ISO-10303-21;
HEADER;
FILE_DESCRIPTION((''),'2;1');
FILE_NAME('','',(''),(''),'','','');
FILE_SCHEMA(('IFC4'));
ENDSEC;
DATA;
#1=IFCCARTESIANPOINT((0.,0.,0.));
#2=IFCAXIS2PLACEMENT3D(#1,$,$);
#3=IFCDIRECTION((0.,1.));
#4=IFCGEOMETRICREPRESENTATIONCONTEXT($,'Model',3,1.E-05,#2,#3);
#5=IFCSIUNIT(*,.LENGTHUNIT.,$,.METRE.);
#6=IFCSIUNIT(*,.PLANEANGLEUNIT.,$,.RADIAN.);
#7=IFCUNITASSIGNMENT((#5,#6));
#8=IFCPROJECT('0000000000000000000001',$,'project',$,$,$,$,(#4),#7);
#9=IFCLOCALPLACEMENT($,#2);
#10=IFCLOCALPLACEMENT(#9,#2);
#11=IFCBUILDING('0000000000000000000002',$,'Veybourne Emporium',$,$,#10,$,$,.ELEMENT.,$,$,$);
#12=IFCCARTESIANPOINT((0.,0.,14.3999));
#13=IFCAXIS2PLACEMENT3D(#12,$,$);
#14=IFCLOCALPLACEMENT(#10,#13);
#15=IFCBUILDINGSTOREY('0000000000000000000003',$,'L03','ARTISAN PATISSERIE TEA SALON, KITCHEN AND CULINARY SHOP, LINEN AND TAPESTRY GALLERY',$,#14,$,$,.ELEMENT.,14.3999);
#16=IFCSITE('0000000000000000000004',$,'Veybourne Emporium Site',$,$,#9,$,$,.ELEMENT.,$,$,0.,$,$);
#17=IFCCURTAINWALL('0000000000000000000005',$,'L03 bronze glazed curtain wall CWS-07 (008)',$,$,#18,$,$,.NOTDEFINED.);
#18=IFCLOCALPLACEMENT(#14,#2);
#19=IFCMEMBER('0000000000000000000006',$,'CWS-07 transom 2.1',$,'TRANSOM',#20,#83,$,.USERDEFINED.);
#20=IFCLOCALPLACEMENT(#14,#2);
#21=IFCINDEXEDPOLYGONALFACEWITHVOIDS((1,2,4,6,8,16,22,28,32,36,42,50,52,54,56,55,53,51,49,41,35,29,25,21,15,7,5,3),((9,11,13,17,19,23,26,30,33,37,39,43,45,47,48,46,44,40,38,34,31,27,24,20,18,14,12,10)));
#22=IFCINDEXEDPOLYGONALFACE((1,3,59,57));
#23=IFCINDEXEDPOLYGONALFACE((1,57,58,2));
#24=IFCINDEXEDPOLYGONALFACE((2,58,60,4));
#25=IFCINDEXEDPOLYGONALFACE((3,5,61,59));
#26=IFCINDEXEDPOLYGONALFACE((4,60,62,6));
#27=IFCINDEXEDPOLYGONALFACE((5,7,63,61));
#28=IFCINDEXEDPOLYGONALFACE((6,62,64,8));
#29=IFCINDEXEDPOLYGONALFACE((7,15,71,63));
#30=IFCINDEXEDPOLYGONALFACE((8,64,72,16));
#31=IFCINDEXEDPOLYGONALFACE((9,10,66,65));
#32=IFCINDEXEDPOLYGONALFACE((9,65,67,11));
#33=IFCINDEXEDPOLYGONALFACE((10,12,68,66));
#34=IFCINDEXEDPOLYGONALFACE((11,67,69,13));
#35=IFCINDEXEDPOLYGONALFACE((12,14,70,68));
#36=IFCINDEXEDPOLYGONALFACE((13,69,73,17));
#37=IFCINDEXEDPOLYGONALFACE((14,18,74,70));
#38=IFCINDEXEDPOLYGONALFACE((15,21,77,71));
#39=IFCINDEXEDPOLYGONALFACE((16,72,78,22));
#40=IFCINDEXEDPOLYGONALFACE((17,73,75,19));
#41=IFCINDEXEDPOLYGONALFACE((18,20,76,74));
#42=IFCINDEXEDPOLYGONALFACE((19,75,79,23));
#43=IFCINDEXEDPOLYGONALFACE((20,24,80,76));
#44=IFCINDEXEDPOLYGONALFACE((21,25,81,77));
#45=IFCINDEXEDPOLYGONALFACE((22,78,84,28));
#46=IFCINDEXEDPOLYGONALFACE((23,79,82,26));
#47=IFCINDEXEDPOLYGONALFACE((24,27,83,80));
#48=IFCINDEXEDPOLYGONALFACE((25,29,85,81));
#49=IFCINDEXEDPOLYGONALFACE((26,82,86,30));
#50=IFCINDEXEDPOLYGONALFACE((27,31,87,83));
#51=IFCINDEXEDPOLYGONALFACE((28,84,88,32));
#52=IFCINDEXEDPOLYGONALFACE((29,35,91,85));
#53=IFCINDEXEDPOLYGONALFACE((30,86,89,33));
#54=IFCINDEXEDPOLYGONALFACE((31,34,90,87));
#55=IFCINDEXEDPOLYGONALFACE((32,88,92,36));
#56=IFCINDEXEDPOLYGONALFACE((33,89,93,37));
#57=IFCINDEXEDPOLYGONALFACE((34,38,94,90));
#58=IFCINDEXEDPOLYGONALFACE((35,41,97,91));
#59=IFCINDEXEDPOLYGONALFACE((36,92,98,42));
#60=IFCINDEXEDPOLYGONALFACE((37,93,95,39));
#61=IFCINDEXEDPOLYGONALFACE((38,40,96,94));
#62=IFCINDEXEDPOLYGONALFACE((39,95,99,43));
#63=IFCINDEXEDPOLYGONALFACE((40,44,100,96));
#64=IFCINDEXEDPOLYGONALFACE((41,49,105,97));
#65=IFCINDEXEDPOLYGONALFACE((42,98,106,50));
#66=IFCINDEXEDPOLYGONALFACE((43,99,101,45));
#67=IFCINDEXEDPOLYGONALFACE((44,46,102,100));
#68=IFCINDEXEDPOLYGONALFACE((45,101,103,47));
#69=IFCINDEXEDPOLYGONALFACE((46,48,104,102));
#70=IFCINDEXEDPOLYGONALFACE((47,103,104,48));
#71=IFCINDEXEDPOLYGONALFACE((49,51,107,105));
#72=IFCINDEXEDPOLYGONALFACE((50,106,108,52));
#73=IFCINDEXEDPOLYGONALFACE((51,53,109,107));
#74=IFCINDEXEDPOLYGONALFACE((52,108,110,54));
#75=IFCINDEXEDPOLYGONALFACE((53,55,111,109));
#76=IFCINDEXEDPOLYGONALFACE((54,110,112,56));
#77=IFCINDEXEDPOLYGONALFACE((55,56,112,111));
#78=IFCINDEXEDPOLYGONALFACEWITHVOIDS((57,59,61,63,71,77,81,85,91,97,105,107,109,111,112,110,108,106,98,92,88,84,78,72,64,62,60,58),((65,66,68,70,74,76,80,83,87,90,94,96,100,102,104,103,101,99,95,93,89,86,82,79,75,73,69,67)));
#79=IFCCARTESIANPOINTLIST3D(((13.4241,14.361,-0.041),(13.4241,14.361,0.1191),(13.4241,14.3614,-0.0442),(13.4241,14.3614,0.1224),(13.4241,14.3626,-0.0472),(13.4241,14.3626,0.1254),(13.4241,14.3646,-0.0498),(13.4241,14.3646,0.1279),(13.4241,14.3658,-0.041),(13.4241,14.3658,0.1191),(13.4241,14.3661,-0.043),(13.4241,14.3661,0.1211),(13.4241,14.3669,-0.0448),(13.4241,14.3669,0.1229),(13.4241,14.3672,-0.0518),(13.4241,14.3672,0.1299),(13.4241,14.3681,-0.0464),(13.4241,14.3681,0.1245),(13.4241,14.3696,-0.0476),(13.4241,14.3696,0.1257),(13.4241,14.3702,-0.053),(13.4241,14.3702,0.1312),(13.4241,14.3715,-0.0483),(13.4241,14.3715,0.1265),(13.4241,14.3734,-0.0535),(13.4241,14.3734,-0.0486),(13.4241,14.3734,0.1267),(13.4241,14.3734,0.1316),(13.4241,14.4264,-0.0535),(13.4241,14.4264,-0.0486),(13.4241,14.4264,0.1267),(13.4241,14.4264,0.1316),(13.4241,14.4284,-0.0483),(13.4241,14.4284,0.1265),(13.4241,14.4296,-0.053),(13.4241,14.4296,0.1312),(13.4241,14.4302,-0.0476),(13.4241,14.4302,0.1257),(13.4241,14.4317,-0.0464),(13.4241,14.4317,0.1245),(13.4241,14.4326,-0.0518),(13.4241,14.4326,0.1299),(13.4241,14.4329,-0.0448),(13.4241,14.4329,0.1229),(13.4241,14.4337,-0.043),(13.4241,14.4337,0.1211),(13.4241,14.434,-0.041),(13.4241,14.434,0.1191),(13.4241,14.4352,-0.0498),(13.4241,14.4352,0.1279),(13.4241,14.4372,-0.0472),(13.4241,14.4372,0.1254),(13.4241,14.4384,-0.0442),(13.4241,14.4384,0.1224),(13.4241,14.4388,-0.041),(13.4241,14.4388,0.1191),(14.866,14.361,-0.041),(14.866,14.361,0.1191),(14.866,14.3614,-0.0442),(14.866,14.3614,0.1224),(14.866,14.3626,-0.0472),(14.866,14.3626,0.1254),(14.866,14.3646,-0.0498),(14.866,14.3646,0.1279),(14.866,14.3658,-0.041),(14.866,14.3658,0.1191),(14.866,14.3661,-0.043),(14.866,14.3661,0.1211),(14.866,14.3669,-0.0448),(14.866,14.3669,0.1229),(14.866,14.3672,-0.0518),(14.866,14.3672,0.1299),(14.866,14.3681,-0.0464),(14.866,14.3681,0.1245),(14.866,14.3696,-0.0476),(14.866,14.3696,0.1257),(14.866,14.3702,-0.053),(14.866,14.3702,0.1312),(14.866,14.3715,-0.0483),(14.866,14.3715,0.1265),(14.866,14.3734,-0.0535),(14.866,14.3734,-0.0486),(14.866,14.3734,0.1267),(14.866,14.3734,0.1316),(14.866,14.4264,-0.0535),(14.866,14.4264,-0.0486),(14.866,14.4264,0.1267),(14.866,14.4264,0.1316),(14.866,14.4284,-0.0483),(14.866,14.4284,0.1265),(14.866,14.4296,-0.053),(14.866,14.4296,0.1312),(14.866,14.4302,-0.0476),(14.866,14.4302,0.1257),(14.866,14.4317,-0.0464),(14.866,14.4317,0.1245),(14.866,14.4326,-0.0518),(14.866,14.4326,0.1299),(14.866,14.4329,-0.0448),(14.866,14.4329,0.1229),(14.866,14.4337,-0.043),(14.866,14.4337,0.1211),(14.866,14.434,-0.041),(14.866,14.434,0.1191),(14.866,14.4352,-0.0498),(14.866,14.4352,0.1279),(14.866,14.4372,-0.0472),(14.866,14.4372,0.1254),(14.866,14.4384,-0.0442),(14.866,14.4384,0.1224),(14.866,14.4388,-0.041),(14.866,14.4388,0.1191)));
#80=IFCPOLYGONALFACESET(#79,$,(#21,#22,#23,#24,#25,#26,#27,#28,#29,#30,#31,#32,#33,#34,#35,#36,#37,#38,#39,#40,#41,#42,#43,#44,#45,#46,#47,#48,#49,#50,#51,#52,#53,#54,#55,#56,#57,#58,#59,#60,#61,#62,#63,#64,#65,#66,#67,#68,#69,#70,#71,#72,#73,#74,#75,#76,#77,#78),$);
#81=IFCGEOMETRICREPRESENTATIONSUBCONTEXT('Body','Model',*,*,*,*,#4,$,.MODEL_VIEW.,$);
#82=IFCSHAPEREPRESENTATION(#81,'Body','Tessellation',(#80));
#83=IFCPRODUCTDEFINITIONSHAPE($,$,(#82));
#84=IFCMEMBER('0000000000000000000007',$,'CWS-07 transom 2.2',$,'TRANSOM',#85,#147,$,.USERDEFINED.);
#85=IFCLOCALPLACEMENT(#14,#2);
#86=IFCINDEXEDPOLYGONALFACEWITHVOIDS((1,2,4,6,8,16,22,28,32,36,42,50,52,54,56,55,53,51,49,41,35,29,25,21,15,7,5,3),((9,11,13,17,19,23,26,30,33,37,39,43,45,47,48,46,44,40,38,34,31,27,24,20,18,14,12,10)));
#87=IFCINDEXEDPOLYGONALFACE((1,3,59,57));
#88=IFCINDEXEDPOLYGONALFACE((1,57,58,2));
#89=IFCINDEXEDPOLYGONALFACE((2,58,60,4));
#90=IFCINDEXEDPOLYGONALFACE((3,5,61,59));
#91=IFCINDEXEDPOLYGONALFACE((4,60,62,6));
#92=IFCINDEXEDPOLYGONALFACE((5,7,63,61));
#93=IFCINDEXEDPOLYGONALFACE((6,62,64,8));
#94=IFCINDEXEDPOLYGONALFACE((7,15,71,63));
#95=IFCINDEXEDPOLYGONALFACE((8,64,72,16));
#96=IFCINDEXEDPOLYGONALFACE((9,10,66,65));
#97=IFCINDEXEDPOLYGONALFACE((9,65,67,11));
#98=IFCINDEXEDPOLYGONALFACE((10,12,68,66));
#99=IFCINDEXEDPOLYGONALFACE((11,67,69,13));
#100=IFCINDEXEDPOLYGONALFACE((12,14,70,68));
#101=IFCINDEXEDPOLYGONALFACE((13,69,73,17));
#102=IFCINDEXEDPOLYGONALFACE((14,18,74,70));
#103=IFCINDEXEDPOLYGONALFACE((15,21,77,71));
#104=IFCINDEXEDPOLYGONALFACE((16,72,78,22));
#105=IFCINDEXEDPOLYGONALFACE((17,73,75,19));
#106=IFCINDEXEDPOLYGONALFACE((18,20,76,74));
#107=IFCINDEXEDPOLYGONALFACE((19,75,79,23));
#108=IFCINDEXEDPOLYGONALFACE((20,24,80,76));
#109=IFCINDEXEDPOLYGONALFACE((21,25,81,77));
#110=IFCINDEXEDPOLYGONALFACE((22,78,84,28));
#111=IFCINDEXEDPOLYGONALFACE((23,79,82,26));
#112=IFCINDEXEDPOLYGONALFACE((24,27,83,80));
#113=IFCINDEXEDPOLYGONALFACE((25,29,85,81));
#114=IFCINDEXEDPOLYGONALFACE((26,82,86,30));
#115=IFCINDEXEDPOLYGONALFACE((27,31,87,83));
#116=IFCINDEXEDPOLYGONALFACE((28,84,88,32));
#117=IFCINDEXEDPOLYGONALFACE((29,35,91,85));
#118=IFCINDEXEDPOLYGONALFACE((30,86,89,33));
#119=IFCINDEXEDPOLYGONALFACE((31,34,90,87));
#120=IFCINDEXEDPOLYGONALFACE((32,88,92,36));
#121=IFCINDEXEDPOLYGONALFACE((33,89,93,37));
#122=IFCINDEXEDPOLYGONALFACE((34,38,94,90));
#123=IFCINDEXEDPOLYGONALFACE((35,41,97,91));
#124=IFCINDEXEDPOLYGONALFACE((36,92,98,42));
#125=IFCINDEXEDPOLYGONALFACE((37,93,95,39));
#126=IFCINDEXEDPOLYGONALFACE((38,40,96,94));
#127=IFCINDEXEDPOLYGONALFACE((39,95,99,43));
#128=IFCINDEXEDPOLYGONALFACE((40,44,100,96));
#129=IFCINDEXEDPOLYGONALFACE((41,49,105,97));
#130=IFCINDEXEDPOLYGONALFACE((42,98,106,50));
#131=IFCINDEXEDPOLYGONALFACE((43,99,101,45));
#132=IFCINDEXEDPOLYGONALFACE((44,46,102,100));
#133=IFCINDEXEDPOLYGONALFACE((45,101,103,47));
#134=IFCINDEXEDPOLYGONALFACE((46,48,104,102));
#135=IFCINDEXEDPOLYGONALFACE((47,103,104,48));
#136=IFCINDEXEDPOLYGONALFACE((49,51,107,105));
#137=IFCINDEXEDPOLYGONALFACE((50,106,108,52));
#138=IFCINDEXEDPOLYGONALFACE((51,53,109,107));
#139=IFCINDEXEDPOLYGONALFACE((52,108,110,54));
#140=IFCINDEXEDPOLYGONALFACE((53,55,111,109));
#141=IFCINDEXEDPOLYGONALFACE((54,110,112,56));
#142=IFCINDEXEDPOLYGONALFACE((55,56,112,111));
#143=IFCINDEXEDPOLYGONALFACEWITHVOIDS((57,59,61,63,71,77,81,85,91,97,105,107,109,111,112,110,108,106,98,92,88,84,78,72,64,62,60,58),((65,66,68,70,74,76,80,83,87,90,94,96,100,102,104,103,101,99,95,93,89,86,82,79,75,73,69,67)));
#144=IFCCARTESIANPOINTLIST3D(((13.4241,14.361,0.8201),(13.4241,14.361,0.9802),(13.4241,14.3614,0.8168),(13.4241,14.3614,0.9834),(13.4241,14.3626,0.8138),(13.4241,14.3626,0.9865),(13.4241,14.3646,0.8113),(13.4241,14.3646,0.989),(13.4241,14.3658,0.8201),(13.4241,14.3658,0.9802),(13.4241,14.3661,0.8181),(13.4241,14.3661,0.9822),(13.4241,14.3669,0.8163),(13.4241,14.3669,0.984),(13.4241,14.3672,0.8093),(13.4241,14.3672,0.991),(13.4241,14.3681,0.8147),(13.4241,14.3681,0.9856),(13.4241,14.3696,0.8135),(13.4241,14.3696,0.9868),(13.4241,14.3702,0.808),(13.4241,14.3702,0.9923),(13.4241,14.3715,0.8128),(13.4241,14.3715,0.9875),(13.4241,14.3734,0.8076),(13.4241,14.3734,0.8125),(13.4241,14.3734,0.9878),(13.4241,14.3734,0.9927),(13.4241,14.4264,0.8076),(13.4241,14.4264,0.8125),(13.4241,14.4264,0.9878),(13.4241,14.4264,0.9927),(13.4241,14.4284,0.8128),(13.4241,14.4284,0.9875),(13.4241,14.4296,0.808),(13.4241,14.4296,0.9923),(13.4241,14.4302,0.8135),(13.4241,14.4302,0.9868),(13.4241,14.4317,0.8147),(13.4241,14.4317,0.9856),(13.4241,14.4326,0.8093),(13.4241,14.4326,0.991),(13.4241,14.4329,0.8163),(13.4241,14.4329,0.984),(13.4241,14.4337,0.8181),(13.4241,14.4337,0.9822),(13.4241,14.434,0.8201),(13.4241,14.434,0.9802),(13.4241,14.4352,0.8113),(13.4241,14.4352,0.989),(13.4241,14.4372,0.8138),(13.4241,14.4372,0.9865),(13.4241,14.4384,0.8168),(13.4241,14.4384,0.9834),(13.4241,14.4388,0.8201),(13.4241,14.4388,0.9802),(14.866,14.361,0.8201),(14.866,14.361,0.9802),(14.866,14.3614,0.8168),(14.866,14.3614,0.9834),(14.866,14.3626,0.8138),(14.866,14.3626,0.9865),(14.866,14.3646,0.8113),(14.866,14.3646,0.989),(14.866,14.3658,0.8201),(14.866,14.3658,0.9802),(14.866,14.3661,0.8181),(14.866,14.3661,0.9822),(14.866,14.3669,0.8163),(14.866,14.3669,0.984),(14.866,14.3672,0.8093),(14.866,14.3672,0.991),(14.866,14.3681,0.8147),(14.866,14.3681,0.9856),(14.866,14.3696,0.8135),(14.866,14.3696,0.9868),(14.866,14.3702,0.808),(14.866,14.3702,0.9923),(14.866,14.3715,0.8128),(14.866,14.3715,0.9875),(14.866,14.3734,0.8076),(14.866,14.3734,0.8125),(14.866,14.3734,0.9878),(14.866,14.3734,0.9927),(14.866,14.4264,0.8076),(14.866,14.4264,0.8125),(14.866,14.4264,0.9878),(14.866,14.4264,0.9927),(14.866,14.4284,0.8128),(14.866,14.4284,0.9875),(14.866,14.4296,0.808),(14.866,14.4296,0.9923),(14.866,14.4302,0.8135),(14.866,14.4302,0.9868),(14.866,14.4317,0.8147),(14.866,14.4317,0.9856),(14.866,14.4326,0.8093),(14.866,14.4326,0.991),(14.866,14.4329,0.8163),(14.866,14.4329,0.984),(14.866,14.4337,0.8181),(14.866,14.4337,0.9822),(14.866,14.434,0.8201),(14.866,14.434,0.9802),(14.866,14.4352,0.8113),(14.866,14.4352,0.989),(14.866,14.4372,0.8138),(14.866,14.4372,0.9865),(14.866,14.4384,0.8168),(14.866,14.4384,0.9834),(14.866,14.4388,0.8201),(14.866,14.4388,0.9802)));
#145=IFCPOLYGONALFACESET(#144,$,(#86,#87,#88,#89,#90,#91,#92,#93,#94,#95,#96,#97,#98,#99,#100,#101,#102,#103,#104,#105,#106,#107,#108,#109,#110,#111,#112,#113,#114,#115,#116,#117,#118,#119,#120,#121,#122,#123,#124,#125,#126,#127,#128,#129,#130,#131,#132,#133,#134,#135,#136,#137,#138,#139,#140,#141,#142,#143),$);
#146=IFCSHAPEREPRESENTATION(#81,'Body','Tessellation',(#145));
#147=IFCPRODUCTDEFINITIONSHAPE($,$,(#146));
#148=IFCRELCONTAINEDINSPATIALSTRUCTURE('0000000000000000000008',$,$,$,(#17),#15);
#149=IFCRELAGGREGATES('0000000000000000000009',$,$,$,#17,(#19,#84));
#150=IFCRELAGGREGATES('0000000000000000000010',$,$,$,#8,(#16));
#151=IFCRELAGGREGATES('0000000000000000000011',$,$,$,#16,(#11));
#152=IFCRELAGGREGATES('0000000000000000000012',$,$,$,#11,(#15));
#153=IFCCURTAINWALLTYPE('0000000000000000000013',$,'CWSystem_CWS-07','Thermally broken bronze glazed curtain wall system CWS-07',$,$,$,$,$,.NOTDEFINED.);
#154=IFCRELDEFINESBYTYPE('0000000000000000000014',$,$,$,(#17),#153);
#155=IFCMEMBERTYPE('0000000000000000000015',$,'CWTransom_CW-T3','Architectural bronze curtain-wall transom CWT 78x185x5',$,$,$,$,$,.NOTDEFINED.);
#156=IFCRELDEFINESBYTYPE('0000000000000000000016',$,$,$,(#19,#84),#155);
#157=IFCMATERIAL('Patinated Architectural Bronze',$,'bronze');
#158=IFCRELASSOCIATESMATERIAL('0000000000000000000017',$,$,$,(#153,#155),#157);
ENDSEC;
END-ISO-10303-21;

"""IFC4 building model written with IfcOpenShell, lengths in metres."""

from ifc_helpers import new_model, si_unit, direction, frame, origin, origin_2d, place, context, subcontext, project, spatial, hollow_rectangle, extrude, material, material_profile, profile_set, type_object, element, aggregate, save


model = new_model("IFC4")

# Units and contexts
model_context = context("Model", 3, precision=1e-05, world=origin(), true_north=direction((0.0, 1.0)))
body_context = subcontext(model_context, "Body", "Model", "MODEL_VIEW")
ifc_project = project(units=[si_unit("LENGTHUNIT", "METRE"), si_unit("PLANEANGLEUNIT", "RADIAN")], contexts=[model_context])

# Site, building, storey
site_placement = place(None, origin())
site = spatial("IfcSite", under=ifc_project, at=site_placement, Name="Veybourne Emporium Site", CompositionType="ELEMENT", RefElevation=0.0)
building_placement = place(site_placement, origin())
building = spatial("IfcBuilding", under=site, at=building_placement, Name="Veybourne Emporium", CompositionType="ELEMENT")
storey_placement = place(building_placement, frame((0.0, 0.0, 14.3999)))
storey = spatial("IfcBuildingStorey", under=building, at=storey_placement, Name="L03", Description="ARTISAN PATISSERIE TEA SALON, KITCHEN AND CULINARY SHOP, LINEN AND TAPESTRY GALLERY", CompositionType="ELEMENT", Elevation=14.3999)

# Curtain wall, members
ifc_material_1 = material(Name="Patinated Architectural Bronze", Category="bronze")
curtain_wall_type = type_object("IfcCurtainWallType", Name="CWSystem_CWS-07", Description="Thermally broken bronze glazed curtain wall system CWS-07", PredefinedType="NOTDEFINED", material=ifc_material_1)
curtain_wall_placement = place(storey_placement, origin())
curtain_wall = element("IfcCurtainWall", 1, at=curtain_wall_placement, inside=storey, type_object=curtain_wall_type, Name="L03 bronze glazed curtain wall CWS-07 (008)", PredefinedType="NOTDEFINED")
ifc_material_profile_1 = material_profile(ifc_material_1, hollow_rectangle(XDim=0.0779, YDim=0.1851, WallThickness=0.0049, InnerFilletRadius=0.0076, OuterFilletRadius=0.0125, at=origin_2d()), Name="CWT 78x185x5")
ifc_profile_set_1 = profile_set([ifc_material_profile_1], Name="Patinated Architectural Bronze")
member_type_1 = type_object("IfcMemberType", Name="CWTransom_CW-T3", Description="Architectural bronze curtain-wall transom CWT 78x185x5", PredefinedType="NOTDEFINED", material=ifc_profile_set_1)
member_1_placement = place(storey_placement, frame((14.866, 14.3999, 0.0391), z_axis=(-1.0, 0.0, 0.0), x_axis=(0.0, -1.0, 0.0)))
member_1 = element("IfcMember", 2, at=member_1_placement, type_object=member_type_1, Name="CWS-07 transom 2.1", ObjectType="TRANSOM", PredefinedType="USERDEFINED", context=body_context, shape_type="SweptSolid", body=[
    extrude(hollow_rectangle(XDim=0.0779, YDim=0.1851, WallThickness=0.0049, InnerFilletRadius=0.0076, OuterFilletRadius=0.0125, at=origin_2d()), origin(), (0.0, 0.0, 1.0), 1.4419),
])
member_2_placement = place(storey_placement, frame((14.866, 14.3999, 0.9001), z_axis=(-1.0, 0.0, 0.0), x_axis=(0.0, -1.0, 0.0)))
member_2 = element("IfcMember", 3, at=member_2_placement, type_object=member_type_1, Name="CWS-07 transom 2.2", ObjectType="TRANSOM", PredefinedType="USERDEFINED", context=body_context, shape_type="SweptSolid", body=[
    extrude(hollow_rectangle(XDim=0.0779, YDim=0.1851, WallThickness=0.0049, InnerFilletRadius=0.0076, OuterFilletRadius=0.0125, at=origin_2d()), origin(), (0.0, 0.0, 1.0), 1.4419),
])

aggregate(curtain_wall, [member_1, member_2])

save(model, "model.ifc")
